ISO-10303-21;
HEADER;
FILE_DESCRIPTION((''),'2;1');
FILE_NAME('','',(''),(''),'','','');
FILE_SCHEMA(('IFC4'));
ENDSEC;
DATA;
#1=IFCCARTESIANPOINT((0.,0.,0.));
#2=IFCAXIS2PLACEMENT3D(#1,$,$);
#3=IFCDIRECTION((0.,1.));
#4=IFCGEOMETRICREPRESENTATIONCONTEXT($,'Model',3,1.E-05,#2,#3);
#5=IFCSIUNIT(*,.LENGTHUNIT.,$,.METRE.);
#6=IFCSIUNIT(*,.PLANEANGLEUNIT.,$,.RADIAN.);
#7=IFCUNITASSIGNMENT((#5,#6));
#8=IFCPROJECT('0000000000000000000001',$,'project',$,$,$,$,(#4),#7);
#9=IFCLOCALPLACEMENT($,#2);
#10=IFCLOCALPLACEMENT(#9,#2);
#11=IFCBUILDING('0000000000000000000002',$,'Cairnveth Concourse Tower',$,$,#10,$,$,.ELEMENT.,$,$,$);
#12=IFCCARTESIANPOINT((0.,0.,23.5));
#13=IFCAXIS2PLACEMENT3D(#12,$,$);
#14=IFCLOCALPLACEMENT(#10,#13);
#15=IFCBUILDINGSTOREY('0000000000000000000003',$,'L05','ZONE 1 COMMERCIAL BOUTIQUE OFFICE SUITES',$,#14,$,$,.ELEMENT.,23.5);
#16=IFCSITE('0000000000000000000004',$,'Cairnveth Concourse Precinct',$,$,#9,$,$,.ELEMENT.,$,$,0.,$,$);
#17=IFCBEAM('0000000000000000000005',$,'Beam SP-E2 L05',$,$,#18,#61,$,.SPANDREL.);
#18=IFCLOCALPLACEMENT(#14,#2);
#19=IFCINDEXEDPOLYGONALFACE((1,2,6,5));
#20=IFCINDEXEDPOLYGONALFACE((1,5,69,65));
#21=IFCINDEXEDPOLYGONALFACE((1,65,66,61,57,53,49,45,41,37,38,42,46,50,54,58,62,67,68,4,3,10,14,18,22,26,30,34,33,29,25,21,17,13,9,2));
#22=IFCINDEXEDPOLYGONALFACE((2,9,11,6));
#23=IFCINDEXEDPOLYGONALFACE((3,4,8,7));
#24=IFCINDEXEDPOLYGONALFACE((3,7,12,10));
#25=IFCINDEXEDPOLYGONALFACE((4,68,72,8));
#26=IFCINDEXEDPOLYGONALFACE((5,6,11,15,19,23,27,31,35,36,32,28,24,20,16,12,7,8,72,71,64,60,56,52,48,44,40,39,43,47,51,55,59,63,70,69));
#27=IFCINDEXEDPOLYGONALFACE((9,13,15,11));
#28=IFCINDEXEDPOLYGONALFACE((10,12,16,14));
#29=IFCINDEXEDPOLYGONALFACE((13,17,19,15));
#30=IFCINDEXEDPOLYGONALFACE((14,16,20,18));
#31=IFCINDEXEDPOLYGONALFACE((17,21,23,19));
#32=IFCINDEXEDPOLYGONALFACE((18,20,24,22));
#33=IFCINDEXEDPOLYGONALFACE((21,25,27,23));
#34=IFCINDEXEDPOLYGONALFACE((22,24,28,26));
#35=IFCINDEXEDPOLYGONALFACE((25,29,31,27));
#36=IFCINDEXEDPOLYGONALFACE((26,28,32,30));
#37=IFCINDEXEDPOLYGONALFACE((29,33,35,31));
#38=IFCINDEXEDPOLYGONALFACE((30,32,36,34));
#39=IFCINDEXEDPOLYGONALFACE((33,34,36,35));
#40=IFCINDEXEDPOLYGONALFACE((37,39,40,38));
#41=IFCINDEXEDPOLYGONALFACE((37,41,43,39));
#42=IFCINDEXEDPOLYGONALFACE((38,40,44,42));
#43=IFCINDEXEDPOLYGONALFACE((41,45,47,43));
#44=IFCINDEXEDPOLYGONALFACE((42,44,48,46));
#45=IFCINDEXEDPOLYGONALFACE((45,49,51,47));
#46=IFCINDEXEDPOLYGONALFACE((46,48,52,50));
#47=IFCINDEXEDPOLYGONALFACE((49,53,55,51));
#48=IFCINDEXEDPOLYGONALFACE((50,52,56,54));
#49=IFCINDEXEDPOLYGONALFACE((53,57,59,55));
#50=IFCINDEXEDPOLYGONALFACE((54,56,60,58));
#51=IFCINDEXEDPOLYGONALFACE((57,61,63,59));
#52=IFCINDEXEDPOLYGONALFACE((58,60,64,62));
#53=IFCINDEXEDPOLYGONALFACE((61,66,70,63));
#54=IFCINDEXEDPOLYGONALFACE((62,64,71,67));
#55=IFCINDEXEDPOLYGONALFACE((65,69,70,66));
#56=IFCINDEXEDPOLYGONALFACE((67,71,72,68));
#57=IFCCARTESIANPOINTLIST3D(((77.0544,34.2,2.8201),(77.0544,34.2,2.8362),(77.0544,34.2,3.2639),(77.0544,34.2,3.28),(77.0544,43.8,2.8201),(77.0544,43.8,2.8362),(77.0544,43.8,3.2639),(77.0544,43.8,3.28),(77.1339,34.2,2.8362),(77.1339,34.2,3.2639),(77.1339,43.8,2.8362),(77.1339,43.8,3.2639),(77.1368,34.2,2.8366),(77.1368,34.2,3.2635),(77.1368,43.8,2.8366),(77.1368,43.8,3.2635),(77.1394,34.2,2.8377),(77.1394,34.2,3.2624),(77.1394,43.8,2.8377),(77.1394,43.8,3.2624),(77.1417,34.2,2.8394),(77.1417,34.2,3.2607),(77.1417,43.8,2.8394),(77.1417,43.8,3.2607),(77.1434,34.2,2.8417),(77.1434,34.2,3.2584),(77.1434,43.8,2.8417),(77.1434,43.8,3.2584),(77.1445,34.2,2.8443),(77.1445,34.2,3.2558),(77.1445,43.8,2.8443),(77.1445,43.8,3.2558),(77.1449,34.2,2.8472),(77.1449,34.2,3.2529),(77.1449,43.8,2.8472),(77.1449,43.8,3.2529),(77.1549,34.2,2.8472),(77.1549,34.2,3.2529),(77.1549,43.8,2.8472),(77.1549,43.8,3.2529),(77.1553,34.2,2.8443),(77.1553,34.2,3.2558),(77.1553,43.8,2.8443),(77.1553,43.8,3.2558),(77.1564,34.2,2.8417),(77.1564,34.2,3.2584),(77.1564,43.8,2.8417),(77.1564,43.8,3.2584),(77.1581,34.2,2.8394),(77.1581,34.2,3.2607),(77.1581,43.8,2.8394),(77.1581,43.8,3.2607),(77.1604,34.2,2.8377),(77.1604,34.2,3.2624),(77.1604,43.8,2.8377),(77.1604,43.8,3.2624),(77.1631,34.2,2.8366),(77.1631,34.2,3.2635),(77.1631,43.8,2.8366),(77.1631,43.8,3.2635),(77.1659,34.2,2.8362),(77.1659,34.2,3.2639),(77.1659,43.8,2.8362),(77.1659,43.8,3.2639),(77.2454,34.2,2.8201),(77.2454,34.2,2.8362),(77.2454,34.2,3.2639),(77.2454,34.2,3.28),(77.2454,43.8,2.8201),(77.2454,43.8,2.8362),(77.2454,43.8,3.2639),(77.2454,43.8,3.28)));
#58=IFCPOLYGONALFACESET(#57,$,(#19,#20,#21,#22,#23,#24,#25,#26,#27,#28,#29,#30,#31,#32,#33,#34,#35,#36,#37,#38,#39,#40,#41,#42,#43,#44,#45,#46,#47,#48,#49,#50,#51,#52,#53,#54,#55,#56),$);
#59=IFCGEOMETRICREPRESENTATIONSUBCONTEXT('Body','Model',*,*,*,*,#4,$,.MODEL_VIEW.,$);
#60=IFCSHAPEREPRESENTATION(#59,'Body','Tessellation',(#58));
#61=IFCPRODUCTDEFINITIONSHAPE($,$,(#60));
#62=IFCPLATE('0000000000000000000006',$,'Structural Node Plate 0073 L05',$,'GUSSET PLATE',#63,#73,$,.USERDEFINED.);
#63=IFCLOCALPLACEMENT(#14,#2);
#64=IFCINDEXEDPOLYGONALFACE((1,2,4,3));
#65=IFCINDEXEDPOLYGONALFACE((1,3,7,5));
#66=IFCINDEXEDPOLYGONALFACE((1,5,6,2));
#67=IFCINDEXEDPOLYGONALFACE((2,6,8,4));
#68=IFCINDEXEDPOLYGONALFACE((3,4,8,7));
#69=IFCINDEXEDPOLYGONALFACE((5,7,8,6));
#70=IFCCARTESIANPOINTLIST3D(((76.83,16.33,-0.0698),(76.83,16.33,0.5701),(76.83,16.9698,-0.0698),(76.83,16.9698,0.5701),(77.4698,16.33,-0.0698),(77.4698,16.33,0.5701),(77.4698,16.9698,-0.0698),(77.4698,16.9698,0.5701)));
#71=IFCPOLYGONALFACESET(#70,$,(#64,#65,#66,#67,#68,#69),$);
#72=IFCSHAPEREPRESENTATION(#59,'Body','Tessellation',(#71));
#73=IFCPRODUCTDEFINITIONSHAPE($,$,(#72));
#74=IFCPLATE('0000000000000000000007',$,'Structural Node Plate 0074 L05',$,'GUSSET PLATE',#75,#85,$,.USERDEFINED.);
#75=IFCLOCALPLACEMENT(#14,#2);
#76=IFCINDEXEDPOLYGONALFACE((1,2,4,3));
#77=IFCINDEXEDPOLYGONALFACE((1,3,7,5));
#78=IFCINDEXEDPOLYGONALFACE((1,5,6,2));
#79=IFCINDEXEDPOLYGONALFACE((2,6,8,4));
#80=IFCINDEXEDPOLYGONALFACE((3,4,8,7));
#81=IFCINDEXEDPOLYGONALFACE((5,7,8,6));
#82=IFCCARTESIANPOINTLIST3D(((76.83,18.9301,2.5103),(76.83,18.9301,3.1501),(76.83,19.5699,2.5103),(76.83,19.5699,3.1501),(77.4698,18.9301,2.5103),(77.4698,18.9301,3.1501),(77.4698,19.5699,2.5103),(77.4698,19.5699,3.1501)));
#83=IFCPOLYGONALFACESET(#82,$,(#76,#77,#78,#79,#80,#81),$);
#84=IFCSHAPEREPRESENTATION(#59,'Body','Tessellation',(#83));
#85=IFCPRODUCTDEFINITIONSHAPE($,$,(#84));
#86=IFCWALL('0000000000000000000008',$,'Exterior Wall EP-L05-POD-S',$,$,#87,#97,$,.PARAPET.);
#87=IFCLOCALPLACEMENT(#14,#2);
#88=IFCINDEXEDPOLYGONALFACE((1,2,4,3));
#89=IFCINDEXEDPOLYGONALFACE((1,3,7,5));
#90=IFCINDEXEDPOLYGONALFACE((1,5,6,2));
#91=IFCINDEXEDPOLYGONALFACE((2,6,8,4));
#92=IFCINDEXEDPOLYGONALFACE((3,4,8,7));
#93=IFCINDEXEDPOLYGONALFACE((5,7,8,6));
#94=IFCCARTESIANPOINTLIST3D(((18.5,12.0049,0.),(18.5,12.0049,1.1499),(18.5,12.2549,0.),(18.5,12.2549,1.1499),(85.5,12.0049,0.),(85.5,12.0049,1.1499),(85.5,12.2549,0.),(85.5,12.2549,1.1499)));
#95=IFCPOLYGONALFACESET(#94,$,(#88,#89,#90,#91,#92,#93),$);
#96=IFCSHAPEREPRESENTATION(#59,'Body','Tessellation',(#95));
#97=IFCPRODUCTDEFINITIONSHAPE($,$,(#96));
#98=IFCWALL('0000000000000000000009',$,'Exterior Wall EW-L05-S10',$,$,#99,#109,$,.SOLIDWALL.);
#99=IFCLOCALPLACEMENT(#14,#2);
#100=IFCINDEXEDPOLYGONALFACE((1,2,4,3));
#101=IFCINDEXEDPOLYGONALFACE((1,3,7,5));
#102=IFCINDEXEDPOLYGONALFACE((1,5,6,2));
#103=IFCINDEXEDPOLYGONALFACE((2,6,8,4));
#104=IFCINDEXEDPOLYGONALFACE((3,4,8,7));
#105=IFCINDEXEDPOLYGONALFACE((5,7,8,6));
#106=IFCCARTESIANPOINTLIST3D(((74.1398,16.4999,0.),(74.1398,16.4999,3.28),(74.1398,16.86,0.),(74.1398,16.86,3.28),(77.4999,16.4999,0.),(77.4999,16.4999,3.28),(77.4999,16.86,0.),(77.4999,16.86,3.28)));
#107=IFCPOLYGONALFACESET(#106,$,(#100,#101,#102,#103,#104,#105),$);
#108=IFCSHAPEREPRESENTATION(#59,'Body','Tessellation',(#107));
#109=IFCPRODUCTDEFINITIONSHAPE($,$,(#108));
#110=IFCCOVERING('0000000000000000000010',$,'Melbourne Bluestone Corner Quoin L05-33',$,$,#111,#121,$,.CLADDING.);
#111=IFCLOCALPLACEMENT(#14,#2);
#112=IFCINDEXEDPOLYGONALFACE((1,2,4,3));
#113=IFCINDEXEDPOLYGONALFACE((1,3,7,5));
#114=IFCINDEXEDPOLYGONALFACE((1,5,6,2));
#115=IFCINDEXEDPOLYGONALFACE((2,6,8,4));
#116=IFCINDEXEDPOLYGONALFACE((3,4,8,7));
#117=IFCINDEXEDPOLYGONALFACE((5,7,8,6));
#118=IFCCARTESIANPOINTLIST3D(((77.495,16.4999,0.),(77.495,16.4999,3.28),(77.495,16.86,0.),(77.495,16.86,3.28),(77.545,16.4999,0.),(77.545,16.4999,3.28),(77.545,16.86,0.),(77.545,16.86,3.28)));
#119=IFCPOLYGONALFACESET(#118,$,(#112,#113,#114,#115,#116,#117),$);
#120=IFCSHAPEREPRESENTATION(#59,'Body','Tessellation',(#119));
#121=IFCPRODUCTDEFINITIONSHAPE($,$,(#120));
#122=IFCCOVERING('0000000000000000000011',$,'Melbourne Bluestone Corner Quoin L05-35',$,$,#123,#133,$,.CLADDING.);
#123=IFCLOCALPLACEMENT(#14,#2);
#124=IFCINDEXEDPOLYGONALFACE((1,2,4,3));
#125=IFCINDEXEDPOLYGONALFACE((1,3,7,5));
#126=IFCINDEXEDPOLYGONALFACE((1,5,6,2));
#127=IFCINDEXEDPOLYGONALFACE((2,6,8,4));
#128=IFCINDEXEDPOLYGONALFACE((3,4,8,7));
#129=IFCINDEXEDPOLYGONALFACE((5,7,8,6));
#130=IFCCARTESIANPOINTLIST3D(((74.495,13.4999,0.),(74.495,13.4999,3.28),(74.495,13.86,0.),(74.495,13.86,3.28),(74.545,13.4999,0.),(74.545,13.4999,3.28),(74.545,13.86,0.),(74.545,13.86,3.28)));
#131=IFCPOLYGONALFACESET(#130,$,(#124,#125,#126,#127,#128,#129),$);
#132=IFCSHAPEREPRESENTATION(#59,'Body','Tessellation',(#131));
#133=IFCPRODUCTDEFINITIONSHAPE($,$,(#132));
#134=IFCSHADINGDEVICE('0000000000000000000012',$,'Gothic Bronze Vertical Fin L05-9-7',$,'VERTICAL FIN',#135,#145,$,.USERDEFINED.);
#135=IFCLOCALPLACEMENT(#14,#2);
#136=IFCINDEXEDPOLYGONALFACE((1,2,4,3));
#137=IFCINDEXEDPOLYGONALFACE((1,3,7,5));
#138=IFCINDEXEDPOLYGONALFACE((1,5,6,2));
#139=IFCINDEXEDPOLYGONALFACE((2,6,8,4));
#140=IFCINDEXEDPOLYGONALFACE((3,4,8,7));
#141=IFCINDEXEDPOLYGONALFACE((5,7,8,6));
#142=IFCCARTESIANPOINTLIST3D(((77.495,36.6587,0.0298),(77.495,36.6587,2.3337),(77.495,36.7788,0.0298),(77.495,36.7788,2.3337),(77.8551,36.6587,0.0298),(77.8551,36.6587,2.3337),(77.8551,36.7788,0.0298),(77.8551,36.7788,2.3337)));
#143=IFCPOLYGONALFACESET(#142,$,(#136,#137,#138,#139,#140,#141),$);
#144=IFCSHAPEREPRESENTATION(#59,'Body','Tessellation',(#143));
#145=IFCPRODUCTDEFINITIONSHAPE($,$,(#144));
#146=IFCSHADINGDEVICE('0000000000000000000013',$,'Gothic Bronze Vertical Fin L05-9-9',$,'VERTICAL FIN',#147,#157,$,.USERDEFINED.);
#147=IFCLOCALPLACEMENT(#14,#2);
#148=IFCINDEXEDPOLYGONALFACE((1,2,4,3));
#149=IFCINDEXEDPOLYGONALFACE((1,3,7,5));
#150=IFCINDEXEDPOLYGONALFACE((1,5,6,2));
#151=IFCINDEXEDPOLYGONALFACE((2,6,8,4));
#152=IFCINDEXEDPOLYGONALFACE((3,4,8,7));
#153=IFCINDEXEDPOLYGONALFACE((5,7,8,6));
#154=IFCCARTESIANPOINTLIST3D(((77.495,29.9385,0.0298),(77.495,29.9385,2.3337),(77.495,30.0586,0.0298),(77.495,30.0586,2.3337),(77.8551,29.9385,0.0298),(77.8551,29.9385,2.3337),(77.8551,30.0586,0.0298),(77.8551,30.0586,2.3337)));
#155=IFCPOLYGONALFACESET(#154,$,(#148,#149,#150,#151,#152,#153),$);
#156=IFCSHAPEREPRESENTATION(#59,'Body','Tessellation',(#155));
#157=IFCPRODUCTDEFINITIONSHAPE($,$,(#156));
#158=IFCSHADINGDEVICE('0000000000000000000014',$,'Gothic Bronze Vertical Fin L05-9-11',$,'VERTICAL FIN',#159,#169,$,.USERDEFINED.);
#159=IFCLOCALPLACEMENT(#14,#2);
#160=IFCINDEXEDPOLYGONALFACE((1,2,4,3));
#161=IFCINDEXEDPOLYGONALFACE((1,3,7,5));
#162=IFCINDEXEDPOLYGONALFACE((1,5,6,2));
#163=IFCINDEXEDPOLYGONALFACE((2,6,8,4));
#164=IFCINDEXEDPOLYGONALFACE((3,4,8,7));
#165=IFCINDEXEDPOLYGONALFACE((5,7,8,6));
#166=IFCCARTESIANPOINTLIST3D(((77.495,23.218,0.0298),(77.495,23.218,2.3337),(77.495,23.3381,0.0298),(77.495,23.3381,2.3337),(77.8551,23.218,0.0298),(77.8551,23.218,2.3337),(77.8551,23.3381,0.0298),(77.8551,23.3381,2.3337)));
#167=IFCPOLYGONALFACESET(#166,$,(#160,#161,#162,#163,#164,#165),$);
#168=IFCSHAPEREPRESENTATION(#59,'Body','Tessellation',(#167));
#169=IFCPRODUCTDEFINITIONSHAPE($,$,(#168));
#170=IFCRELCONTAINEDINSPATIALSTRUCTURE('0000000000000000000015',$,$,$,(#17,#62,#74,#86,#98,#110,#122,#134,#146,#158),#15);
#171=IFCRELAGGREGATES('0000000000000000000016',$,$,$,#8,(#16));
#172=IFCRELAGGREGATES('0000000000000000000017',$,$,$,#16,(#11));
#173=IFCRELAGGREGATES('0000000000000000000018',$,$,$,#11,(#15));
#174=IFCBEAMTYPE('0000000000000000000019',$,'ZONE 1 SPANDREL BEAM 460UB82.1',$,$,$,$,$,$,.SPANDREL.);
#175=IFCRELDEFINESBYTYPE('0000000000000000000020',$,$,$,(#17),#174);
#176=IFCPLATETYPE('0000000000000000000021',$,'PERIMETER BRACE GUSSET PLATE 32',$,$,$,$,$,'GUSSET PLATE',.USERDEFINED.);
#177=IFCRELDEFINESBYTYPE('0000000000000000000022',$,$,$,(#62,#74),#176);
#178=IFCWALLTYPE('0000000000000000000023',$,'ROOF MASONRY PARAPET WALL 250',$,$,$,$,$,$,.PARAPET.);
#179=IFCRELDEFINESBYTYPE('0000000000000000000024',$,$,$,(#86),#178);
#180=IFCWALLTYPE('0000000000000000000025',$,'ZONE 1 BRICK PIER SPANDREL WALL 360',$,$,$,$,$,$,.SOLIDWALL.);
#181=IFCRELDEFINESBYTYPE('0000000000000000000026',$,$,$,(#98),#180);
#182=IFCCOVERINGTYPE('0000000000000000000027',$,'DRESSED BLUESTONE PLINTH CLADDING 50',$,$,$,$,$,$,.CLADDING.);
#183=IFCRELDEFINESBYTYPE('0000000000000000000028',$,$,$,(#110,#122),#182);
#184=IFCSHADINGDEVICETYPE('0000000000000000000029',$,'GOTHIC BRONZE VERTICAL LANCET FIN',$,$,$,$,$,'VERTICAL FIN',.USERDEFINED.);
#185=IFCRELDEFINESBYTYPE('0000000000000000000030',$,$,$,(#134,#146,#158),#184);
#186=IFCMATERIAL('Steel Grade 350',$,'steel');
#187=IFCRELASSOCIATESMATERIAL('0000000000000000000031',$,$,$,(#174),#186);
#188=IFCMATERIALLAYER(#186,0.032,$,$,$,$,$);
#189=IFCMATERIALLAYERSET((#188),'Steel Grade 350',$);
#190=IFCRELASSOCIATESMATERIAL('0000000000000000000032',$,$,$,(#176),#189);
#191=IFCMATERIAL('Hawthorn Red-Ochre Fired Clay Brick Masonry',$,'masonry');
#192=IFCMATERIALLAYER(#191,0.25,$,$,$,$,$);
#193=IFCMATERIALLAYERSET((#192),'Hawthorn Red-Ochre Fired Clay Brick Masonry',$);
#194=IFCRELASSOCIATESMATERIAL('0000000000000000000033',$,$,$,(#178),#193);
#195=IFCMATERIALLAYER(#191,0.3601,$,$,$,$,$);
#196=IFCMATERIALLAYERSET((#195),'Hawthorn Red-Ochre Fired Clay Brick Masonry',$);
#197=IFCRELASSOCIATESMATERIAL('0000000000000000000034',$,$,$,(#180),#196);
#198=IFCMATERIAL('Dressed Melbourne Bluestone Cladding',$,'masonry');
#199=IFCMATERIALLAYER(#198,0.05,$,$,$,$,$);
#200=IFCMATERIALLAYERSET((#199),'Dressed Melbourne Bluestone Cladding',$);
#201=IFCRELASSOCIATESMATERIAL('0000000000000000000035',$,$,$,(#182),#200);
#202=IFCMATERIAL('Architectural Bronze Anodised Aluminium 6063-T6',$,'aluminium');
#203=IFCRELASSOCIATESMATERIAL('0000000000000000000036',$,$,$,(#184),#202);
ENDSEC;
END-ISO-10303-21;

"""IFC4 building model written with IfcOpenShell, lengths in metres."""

from ifc_helpers import new_model, si_unit, direction, frame, frame_2d, origin, origin_2d, place, context, subcontext, project, spatial, rectangle, i_section, extrude, material, layer, layer_set, material_profile, profile_set, type_object, element, save


model = new_model("IFC4")

# Units and contexts
model_context = context("Model", 3, precision=1e-05, world=origin(), true_north=direction((0.0, 1.0)))
body_context = subcontext(model_context, "Body", "Model", "MODEL_VIEW")
ifc_project = project(units=[si_unit("LENGTHUNIT", "METRE"), si_unit("PLANEANGLEUNIT", "RADIAN")], contexts=[model_context])

# Site, building, storey
site_placement = place(None, origin())
site = spatial("IfcSite", under=ifc_project, at=site_placement, Name="Cairnveth Concourse Precinct", CompositionType="ELEMENT", RefElevation=0.0)
building_placement = place(site_placement, origin())
building = spatial("IfcBuilding", under=site, at=building_placement, Name="Cairnveth Concourse Tower", CompositionType="ELEMENT")
storey_placement = place(building_placement, frame((0.0, 0.0, 23.5)))
storey = spatial("IfcBuildingStorey", under=building, at=storey_placement, Name="L05", Description="ZONE 1 COMMERCIAL BOUTIQUE OFFICE SUITES", CompositionType="ELEMENT", Elevation=23.5)

# Shared definitions
ifc_material_1 = material(Name="Steel Grade 350", Category="steel")

# Beam
ifc_material_profile_1 = material_profile(ifc_material_1, i_section(OverallWidth=0.1909, OverallDepth=0.46, WebThickness=0.01, FlangeThickness=0.0161, FilletRadius=0.011, at=origin_2d()), Name="460UB82.1")
ifc_profile_set_1 = profile_set([ifc_material_profile_1], Name="Steel Grade 350")
beam_type_1 = type_object("IfcBeamType", Name="ZONE 1 SPANDREL BEAM 460UB82.1", PredefinedType="SPANDREL", material=ifc_profile_set_1)
beam_1_placement = place(storey_placement, frame((77.1499, 34.2, 3.05), z_axis=(0.0, 1.0, 0.0), x_axis=(-1.0, 0.0, 0.0)))
element("IfcBeam", 1, at=beam_1_placement, inside=storey, type_object=beam_type_1, Name="Beam SP-E2 L05", PredefinedType="SPANDREL", context=body_context, shape_type="SweptSolid", body=[
    extrude(i_section(OverallWidth=0.1909, OverallDepth=0.46, WebThickness=0.01, FlangeThickness=0.0161, FilletRadius=0.011, at=origin_2d()), origin(), (0.0, 0.0, 1.0), 9.6001),
])

# Plates
ifc_layer_1 = layer(ifc_material_1, 0.032)
ifc_layer_set_1 = layer_set([ifc_layer_1], Name="Steel Grade 350")
plate_type = type_object("IfcPlateType", Name="PERIMETER BRACE GUSSET PLATE 32", ElementType="GUSSET PLATE", PredefinedType="USERDEFINED", material=ifc_layer_set_1)
for number, where, z_axis, x_axis, name in (
    (2, (77.1499, 16.6499, -0.0698), (0.0, 0.0, 1.0), (1.0, 0.0, 0.0), "Structural Node Plate 0073 L05"),
    (3, (77.1499, 19.25, 2.5103), (0.0, 0.0, 1.0), (1.0, 0.0, 0.0), "Structural Node Plate 0074 L05"),
):
    element("IfcPlate", number, at=place(storey_placement, frame(where, z_axis=z_axis, x_axis=x_axis)), inside=storey, type_object=plate_type, Name=name, ObjectType="GUSSET PLATE", PredefinedType="USERDEFINED", context=body_context, shape_type="SweptSolid", body=[
        extrude(rectangle(XDim=0.6399, YDim=0.6399, at=origin_2d()), origin(), (0.0, 0.0, 1.0), 0.6399),
    ])

# Walls
ifc_material_2 = material(Name="Hawthorn Red-Ochre Fired Clay Brick Masonry", Category="masonry")
ifc_layer_2 = layer(ifc_material_2, 0.25)
ifc_layer_set_2 = layer_set([ifc_layer_2], Name="Hawthorn Red-Ochre Fired Clay Brick Masonry")
wall_type_1 = type_object("IfcWallType", Name="ROOF MASONRY PARAPET WALL 250", PredefinedType="PARAPET", material=ifc_layer_set_2)
wall_1_placement = place(storey_placement, frame((85.5, 12.1299, 0.0), z_axis=(0.0, 0.0, 1.0), x_axis=(-1.0, 0.0, 0.0)))
element("IfcWall", 4, at=wall_1_placement, inside=storey, type_object=wall_type_1, Name="Exterior Wall EP-L05-POD-S", PredefinedType="PARAPET", context=body_context, shape_type="SweptSolid", body=[
    extrude(rectangle(XDim=67.0, YDim=0.25, at=frame_2d((33.5, 0.0))), origin(), (0.0, 0.0, 1.0), 1.1499),
])
ifc_layer_3 = layer(ifc_material_2, 0.3601)
ifc_layer_set_3 = layer_set([ifc_layer_3], Name="Hawthorn Red-Ochre Fired Clay Brick Masonry")
wall_type_2 = type_object("IfcWallType", Name="ZONE 1 BRICK PIER SPANDREL WALL 360", PredefinedType="SOLIDWALL", material=ifc_layer_set_3)
wall_2_placement = place(storey_placement, frame((77.5, 16.6799, 0.0), z_axis=(0.0, 0.0, 1.0), x_axis=(-1.0, 0.0, 0.0)))
element("IfcWall", 5, at=wall_2_placement, inside=storey, type_object=wall_type_2, Name="Exterior Wall EW-L05-S10", PredefinedType="SOLIDWALL", context=body_context, shape_type="SweptSolid", body=[
    extrude(rectangle(XDim=3.3601, YDim=0.3601, at=frame_2d((1.6802, 0.0))), origin(), (0.0, 0.0, 1.0), 3.28),
])

# Coverings
ifc_material_3 = material(Name="Dressed Melbourne Bluestone Cladding", Category="masonry")
ifc_layer_4 = layer(ifc_material_3, 0.05)
ifc_layer_set_4 = layer_set([ifc_layer_4], Name="Dressed Melbourne Bluestone Cladding")
covering_type = type_object("IfcCoveringType", Name="DRESSED BLUESTONE PLINTH CLADDING 50", PredefinedType="CLADDING", material=ifc_layer_set_4)
for number, where, z_axis, x_axis, name in (
    (6, (77.52, 16.8601, 0.0), (0.0, 0.0, 1.0), (0.0, -1.0, 0.0), "Melbourne Bluestone Corner Quoin L05-33"),
    (7, (74.52, 13.8601, 0.0), (0.0, 0.0, 1.0), (0.0, -1.0, 0.0), "Melbourne Bluestone Corner Quoin L05-35"),
):
    element("IfcCovering", number, at=place(storey_placement, frame(where, z_axis=z_axis, x_axis=x_axis)), inside=storey, type_object=covering_type, Name=name, PredefinedType="CLADDING", context=body_context, shape_type="SweptSolid", body=[
        extrude(rectangle(XDim=0.3601, YDim=0.05, at=frame_2d((0.1802, 0.0))), origin(), (0.0, 0.0, 1.0), 3.28),
    ])

# Shading devices
ifc_material_4 = material(Name="Architectural Bronze Anodised Aluminium 6063-T6", Category="aluminium")
shading_device_type = type_object("IfcShadingDeviceType", Name="GOTHIC BRONZE VERTICAL LANCET FIN", ElementType="VERTICAL FIN", PredefinedType="USERDEFINED", material=ifc_material_4)
for number, where, z_axis, x_axis, name in (
    (8, (77.675, 36.7188, 0.0298), (0.0, 0.0, 1.0), (0.0, 1.0, 0.0), "Gothic Bronze Vertical Fin L05-9-7"),
    (9, (77.675, 29.9985, 0.0298), (0.0, 0.0, 1.0), (0.0, 1.0, 0.0), "Gothic Bronze Vertical Fin L05-9-9"),
    (10, (77.675, 23.2781, 0.0298), (0.0, 0.0, 1.0), (0.0, 1.0, 0.0), "Gothic Bronze Vertical Fin L05-9-11"),
):
    element("IfcShadingDevice", number, at=place(storey_placement, frame(where, z_axis=z_axis, x_axis=x_axis)), inside=storey, type_object=shading_device_type, Name=name, ObjectType="VERTICAL FIN", PredefinedType="USERDEFINED", context=body_context, shape_type="SweptSolid", body=[
        extrude(rectangle(XDim=0.1201, YDim=0.3601, at=origin_2d()), origin(), (0.0, 0.0, 1.0), 2.304),
    ])

save(model, "model.ifc")
